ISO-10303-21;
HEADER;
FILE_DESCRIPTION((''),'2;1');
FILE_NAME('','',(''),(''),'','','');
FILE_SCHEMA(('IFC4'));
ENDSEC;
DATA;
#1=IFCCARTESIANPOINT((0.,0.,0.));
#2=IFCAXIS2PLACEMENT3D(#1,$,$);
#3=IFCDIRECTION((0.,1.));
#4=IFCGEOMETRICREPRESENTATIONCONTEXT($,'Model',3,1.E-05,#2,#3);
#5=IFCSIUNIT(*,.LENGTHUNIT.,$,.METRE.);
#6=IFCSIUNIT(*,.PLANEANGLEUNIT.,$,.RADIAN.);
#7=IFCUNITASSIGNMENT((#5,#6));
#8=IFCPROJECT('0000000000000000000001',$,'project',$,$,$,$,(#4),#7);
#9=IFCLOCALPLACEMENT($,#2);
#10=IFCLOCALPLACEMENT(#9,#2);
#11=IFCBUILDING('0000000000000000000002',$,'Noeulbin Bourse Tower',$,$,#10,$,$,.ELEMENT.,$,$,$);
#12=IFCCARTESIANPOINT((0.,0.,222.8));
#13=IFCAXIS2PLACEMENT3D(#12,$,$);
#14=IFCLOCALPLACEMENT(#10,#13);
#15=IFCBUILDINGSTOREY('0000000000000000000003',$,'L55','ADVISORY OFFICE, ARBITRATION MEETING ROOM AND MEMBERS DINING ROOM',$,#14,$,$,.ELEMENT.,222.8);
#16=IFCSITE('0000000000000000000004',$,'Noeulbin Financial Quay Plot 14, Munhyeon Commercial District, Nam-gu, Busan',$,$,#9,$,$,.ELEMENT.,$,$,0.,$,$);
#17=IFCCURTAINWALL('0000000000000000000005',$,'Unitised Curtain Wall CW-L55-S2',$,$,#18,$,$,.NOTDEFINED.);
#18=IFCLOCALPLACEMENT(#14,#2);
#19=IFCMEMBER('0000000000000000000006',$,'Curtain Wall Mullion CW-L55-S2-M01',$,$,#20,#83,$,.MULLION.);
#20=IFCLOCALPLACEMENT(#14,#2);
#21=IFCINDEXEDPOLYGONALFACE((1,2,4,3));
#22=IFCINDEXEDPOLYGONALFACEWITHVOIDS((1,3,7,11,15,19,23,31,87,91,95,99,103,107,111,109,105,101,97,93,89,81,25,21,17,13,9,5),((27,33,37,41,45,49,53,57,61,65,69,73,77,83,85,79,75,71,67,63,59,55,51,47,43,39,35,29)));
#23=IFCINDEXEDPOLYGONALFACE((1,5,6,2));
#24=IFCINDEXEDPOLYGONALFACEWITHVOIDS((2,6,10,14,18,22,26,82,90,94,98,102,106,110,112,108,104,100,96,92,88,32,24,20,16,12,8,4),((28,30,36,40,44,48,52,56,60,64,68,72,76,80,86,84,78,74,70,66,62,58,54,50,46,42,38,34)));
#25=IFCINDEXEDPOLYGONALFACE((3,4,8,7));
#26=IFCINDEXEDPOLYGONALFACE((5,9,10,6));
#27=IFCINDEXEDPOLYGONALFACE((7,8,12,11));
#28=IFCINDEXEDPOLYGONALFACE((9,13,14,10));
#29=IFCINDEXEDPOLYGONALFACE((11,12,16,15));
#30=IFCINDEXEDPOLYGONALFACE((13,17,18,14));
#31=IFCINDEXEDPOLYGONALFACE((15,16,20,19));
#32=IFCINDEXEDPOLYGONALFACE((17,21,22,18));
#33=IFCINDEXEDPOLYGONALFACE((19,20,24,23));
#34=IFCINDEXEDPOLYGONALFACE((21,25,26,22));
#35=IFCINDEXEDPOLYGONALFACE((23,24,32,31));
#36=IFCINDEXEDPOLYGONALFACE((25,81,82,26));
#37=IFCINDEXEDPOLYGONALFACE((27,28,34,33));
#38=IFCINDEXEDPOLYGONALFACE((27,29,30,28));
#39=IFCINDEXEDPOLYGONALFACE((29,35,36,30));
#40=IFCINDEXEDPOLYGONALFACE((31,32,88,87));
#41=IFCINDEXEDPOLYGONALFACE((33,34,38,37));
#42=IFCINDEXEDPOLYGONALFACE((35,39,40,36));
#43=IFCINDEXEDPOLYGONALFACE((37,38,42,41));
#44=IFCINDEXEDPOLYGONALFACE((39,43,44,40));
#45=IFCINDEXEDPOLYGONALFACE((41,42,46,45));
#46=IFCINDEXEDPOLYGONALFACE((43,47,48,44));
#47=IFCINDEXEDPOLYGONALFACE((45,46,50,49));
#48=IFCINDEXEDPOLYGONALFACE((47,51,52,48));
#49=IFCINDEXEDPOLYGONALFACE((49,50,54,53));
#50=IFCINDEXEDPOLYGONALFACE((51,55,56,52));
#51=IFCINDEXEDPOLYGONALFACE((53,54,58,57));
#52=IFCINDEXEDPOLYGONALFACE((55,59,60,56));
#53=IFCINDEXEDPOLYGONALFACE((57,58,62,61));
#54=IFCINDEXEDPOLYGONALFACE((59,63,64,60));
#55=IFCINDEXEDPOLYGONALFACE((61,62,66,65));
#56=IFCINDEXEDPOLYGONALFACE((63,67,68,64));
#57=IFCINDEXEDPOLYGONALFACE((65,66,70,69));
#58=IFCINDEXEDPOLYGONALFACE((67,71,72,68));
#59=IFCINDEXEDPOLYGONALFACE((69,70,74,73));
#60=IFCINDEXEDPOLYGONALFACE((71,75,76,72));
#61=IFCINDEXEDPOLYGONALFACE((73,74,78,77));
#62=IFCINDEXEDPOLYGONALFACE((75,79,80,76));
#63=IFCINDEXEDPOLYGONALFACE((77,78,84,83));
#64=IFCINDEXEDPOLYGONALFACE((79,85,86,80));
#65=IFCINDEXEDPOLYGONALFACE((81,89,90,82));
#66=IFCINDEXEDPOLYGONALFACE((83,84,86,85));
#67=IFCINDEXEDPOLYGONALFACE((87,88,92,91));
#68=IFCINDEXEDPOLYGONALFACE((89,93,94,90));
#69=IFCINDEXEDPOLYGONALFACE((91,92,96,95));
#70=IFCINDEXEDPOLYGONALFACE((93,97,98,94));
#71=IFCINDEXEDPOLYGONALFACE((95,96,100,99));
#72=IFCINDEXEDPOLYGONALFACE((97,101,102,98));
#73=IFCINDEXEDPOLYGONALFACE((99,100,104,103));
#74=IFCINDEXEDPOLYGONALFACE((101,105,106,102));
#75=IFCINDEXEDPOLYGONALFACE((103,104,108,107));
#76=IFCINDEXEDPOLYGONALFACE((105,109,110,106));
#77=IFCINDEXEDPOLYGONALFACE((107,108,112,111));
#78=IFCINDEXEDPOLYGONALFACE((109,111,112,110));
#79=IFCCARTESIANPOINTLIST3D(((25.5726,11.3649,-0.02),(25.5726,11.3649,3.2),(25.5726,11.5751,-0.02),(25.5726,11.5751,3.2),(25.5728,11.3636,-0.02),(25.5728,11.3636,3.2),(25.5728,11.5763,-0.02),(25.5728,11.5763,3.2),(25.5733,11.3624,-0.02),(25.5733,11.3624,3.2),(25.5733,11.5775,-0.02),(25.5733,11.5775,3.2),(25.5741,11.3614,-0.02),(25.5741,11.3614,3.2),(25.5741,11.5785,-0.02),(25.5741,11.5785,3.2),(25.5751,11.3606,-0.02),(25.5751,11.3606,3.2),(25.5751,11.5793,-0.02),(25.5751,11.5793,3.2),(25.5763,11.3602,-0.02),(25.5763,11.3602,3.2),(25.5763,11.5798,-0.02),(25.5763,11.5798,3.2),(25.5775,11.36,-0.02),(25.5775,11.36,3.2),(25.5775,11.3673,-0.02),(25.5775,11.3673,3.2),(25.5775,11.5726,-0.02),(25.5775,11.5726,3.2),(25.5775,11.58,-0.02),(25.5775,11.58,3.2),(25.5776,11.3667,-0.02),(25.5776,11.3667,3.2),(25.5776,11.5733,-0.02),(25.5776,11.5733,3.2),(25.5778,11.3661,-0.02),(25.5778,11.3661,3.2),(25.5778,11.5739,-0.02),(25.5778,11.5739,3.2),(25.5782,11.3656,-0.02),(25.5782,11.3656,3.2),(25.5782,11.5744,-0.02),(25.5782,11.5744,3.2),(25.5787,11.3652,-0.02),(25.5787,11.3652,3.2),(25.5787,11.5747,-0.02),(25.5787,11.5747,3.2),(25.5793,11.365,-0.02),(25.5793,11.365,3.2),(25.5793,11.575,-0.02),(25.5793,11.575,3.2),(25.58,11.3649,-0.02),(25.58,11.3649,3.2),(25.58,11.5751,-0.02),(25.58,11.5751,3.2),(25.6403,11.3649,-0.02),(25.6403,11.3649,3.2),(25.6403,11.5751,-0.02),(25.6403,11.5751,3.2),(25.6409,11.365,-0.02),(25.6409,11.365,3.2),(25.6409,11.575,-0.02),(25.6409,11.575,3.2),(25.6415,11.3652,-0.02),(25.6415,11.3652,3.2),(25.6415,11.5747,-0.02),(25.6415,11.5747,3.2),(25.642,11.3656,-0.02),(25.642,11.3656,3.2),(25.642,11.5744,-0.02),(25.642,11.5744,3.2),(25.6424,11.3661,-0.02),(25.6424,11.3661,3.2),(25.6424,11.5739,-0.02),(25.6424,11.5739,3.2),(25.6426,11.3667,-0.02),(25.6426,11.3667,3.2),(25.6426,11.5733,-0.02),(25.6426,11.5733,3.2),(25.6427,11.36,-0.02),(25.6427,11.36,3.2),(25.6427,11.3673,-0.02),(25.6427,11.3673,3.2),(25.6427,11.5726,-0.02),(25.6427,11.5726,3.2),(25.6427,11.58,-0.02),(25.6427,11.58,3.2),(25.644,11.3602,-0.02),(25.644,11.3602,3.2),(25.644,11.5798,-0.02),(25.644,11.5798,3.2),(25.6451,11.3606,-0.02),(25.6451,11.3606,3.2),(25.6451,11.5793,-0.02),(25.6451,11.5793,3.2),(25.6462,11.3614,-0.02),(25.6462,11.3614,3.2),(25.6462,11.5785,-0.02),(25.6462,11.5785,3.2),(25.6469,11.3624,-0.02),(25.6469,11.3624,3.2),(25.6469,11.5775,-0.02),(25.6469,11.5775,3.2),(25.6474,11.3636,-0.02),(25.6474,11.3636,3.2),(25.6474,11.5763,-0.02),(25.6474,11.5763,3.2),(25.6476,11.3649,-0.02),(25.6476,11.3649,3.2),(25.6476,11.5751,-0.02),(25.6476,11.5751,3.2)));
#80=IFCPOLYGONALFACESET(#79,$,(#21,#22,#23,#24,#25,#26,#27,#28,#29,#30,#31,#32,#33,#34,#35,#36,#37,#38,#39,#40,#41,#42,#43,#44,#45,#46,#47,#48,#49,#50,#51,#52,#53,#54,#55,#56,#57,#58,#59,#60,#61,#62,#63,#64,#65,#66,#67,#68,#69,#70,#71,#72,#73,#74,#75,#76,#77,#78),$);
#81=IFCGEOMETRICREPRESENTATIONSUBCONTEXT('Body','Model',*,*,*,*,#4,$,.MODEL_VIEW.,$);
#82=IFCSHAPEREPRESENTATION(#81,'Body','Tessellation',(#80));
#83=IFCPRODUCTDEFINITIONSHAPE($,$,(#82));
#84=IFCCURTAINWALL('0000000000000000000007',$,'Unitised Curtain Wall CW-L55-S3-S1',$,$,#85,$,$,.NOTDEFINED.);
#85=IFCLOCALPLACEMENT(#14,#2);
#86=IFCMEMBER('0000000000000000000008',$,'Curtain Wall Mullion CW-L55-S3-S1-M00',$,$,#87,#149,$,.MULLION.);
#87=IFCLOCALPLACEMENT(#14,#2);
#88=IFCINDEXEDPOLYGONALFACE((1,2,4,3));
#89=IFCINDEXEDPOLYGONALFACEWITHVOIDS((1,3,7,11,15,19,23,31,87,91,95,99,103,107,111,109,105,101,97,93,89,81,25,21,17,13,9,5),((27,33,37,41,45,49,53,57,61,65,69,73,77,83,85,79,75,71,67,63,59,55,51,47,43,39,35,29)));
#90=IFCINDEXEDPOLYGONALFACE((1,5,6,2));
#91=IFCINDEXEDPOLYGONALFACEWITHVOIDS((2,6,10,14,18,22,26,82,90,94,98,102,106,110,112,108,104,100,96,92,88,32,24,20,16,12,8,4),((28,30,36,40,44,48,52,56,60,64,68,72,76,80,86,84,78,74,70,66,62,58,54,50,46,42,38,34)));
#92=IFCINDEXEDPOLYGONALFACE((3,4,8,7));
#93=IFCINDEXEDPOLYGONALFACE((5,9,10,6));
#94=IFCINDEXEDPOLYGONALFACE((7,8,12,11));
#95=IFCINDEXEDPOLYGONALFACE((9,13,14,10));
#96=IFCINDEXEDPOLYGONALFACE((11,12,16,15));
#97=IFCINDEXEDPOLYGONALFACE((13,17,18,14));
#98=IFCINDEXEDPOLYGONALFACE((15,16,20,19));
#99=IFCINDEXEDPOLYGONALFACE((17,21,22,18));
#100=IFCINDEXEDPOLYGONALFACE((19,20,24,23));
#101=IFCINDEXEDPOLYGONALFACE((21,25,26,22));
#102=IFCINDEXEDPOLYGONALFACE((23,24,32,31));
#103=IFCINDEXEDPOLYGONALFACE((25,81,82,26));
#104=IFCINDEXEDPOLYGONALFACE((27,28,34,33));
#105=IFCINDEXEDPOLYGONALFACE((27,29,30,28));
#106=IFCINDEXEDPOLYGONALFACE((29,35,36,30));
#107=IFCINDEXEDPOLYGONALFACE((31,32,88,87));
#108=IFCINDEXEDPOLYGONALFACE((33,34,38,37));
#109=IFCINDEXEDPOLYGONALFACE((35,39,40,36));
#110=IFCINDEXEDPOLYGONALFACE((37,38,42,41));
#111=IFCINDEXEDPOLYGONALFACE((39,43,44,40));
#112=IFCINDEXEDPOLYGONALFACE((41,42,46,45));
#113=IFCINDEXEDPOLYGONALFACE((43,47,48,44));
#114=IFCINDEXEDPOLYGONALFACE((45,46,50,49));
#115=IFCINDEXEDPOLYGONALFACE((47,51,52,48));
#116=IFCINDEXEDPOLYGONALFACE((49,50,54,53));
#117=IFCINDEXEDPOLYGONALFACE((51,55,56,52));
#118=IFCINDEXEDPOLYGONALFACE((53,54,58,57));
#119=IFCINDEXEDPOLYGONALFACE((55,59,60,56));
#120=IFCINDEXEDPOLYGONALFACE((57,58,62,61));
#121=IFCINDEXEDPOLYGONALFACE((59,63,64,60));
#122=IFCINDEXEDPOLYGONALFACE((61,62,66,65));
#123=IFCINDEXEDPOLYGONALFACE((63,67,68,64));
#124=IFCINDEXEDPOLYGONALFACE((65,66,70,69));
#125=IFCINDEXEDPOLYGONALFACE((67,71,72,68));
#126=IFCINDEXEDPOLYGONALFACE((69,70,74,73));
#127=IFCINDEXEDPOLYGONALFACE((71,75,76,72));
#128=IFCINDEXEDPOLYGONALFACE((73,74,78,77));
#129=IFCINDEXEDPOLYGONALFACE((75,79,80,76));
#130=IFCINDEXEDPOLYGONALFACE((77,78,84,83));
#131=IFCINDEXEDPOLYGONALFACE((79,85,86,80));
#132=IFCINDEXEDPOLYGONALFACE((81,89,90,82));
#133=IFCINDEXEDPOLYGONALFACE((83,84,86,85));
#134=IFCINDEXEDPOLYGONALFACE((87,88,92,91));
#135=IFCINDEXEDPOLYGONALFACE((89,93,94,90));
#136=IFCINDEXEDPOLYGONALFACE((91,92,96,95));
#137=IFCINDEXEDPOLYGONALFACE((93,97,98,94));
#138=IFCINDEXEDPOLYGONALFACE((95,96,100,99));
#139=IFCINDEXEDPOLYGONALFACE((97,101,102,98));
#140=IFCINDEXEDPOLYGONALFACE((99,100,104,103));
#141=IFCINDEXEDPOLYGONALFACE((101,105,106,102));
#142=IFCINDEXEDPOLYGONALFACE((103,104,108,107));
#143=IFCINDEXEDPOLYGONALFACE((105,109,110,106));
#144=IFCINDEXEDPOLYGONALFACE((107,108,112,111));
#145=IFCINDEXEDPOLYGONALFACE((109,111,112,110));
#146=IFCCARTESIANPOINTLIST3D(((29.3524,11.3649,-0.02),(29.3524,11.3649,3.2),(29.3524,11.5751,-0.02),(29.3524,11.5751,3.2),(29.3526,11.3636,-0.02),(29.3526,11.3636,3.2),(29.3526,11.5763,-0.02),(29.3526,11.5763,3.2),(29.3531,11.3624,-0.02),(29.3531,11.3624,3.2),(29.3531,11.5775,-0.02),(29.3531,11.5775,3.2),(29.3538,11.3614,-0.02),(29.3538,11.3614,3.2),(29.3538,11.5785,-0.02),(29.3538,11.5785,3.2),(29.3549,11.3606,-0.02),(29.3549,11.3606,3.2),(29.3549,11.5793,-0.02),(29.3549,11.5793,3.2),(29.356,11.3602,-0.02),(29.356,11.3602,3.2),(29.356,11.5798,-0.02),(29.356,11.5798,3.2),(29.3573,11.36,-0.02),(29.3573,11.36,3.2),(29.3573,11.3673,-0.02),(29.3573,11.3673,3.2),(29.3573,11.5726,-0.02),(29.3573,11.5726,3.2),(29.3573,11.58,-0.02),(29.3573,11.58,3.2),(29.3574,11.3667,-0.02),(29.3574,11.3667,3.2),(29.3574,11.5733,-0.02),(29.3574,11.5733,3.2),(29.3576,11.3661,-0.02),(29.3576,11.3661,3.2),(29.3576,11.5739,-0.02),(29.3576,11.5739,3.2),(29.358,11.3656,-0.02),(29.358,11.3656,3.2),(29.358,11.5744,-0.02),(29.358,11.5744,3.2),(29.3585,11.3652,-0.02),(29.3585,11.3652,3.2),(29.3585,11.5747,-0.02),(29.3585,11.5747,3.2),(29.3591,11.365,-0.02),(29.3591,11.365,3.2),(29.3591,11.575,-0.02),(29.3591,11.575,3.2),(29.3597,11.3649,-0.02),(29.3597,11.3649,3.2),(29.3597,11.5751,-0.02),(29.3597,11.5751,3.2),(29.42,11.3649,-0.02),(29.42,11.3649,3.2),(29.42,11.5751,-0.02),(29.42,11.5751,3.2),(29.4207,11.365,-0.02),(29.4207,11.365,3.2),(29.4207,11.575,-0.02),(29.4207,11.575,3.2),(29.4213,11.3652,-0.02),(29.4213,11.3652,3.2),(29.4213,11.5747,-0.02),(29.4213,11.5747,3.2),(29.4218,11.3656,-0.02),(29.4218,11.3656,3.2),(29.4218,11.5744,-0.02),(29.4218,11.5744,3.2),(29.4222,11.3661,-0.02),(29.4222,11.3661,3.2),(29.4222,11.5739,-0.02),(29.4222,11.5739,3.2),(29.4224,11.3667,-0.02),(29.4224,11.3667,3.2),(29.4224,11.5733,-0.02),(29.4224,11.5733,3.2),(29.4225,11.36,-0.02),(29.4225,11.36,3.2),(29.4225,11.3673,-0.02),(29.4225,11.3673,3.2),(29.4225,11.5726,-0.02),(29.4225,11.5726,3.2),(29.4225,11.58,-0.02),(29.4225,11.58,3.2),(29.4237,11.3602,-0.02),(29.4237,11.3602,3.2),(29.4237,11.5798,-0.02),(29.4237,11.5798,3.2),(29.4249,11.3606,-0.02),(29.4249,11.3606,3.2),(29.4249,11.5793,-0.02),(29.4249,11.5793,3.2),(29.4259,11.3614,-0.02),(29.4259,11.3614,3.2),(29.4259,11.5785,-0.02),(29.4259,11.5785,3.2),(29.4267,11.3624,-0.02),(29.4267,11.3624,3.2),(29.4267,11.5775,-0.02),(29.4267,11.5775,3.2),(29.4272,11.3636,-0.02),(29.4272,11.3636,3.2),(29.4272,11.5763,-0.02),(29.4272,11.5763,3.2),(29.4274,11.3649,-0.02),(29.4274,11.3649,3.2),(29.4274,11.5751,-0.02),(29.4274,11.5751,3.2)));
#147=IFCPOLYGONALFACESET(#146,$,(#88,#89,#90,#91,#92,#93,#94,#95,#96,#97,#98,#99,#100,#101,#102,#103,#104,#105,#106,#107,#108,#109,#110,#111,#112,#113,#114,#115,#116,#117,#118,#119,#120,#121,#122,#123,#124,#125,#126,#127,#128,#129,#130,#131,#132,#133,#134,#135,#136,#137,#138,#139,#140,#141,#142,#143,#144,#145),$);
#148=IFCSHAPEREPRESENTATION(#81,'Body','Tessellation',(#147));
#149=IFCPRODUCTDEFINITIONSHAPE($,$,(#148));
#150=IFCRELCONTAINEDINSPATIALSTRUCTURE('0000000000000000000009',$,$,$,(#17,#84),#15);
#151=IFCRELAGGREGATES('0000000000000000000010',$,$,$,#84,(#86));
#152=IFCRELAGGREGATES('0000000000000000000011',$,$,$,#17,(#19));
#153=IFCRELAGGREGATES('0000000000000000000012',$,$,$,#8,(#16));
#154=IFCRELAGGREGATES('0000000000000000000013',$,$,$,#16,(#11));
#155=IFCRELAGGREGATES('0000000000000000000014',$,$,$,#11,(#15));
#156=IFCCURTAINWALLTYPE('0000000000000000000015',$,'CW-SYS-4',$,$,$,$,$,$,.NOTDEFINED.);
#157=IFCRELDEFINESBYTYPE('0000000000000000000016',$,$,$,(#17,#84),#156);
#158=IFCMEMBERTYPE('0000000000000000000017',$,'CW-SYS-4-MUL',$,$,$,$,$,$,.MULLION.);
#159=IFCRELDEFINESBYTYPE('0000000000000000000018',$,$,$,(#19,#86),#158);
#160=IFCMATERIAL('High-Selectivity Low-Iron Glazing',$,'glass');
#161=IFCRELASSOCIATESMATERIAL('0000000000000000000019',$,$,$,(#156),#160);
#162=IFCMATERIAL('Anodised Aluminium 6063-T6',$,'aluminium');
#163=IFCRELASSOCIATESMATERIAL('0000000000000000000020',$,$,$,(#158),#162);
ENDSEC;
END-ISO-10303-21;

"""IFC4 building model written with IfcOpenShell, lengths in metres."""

from ifc_helpers import new_model, si_unit, direction, frame, origin, origin_2d, place, context, subcontext, project, spatial, hollow_rectangle, extrude, material, material_profile, profile_set, type_object, element, aggregate, save


model = new_model("IFC4")

# Units and contexts
model_context = context("Model", 3, precision=1e-05, world=origin(), true_north=direction((0.0, 1.0)))
body_context = subcontext(model_context, "Body", "Model", "MODEL_VIEW")
ifc_project = project(units=[si_unit("LENGTHUNIT", "METRE"), si_unit("PLANEANGLEUNIT", "RADIAN")], contexts=[model_context])

# Site, building, storey
site_placement = place(None, origin())
site = spatial("IfcSite", under=ifc_project, at=site_placement, Name="Noeulbin Financial Quay Plot 14, Munhyeon Commercial District, Nam-gu, Busan", CompositionType="ELEMENT", RefElevation=0.0)
building_placement = place(site_placement, origin())
building = spatial("IfcBuilding", under=site, at=building_placement, Name="Noeulbin Bourse Tower", CompositionType="ELEMENT")
storey_placement = place(building_placement, frame((0.0, 0.0, 222.8)))
storey = spatial("IfcBuildingStorey", under=building, at=storey_placement, Name="L55", Description="ADVISORY OFFICE, ARBITRATION MEETING ROOM AND MEMBERS DINING ROOM", CompositionType="ELEMENT", Elevation=222.8)

# Shared definitions
ifc_material_1 = material(Name="High-Selectivity Low-Iron Glazing", Category="glass")
curtain_wall_type = type_object("IfcCurtainWallType", Name="CW-SYS-4", PredefinedType="NOTDEFINED", material=ifc_material_1)
ifc_material_2 = material(Name="Anodised Aluminium 6063-T6", Category="aluminium")
ifc_material_profile_1 = material_profile(ifc_material_2, hollow_rectangle(XDim=0.075, YDim=0.22, WallThickness=0.0049, InnerFilletRadius=0.0024, OuterFilletRadius=0.0049, at=origin_2d()), Name="ALU-MULL-75x220x5", Category="LoadBearing")
ifc_profile_set_1 = profile_set([ifc_material_profile_1], Name="Anodised Aluminium 6063-T6")
member_type_1 = type_object("IfcMemberType", Name="CW-SYS-4-MUL", PredefinedType="MULLION", material=ifc_profile_set_1)

# Curtain walls, members
curtain_wall_1_placement = place(storey_placement, origin())
curtain_wall_1 = element("IfcCurtainWall", 1, at=curtain_wall_1_placement, inside=storey, type_object=curtain_wall_type, Name="Unitised Curtain Wall CW-L55-S2", PredefinedType="NOTDEFINED")
member_1_placement = place(storey_placement, frame((25.6101, 11.47, -0.02), z_axis=(0.0, 0.0, 1.0), x_axis=(1.0, 0.0, 0.0)))
member_1 = element("IfcMember", 2, at=member_1_placement, type_object=member_type_1, Name="Curtain Wall Mullion CW-L55-S2-M01", PredefinedType="MULLION", context=body_context, shape_type="SweptSolid", body=[
    extrude(hollow_rectangle(XDim=0.075, YDim=0.22, WallThickness=0.0049, InnerFilletRadius=0.0024, OuterFilletRadius=0.0049, at=origin_2d()), origin(), (0.0, 0.0, 1.0), 3.22),
])
curtain_wall_2_placement = place(storey_placement, origin())
curtain_wall_2 = element("IfcCurtainWall", 3, at=curtain_wall_2_placement, inside=storey, type_object=curtain_wall_type, Name="Unitised Curtain Wall CW-L55-S3-S1", PredefinedType="NOTDEFINED")
member_2_placement = place(storey_placement, frame((29.3899, 11.47, -0.02), z_axis=(0.0, 0.0, 1.0), x_axis=(1.0, 0.0, 0.0)))
member_2 = element("IfcMember", 4, at=member_2_placement, type_object=member_type_1, Name="Curtain Wall Mullion CW-L55-S3-S1-M00", PredefinedType="MULLION", context=body_context, shape_type="SweptSolid", body=[
    extrude(hollow_rectangle(XDim=0.075, YDim=0.22, WallThickness=0.0049, InnerFilletRadius=0.0024, OuterFilletRadius=0.0049, at=origin_2d()), origin(), (0.0, 0.0, 1.0), 3.22),
])
aggregate(curtain_wall_2, [member_2])

aggregate(curtain_wall_1, [member_1])

save(model, "model.ifc")
